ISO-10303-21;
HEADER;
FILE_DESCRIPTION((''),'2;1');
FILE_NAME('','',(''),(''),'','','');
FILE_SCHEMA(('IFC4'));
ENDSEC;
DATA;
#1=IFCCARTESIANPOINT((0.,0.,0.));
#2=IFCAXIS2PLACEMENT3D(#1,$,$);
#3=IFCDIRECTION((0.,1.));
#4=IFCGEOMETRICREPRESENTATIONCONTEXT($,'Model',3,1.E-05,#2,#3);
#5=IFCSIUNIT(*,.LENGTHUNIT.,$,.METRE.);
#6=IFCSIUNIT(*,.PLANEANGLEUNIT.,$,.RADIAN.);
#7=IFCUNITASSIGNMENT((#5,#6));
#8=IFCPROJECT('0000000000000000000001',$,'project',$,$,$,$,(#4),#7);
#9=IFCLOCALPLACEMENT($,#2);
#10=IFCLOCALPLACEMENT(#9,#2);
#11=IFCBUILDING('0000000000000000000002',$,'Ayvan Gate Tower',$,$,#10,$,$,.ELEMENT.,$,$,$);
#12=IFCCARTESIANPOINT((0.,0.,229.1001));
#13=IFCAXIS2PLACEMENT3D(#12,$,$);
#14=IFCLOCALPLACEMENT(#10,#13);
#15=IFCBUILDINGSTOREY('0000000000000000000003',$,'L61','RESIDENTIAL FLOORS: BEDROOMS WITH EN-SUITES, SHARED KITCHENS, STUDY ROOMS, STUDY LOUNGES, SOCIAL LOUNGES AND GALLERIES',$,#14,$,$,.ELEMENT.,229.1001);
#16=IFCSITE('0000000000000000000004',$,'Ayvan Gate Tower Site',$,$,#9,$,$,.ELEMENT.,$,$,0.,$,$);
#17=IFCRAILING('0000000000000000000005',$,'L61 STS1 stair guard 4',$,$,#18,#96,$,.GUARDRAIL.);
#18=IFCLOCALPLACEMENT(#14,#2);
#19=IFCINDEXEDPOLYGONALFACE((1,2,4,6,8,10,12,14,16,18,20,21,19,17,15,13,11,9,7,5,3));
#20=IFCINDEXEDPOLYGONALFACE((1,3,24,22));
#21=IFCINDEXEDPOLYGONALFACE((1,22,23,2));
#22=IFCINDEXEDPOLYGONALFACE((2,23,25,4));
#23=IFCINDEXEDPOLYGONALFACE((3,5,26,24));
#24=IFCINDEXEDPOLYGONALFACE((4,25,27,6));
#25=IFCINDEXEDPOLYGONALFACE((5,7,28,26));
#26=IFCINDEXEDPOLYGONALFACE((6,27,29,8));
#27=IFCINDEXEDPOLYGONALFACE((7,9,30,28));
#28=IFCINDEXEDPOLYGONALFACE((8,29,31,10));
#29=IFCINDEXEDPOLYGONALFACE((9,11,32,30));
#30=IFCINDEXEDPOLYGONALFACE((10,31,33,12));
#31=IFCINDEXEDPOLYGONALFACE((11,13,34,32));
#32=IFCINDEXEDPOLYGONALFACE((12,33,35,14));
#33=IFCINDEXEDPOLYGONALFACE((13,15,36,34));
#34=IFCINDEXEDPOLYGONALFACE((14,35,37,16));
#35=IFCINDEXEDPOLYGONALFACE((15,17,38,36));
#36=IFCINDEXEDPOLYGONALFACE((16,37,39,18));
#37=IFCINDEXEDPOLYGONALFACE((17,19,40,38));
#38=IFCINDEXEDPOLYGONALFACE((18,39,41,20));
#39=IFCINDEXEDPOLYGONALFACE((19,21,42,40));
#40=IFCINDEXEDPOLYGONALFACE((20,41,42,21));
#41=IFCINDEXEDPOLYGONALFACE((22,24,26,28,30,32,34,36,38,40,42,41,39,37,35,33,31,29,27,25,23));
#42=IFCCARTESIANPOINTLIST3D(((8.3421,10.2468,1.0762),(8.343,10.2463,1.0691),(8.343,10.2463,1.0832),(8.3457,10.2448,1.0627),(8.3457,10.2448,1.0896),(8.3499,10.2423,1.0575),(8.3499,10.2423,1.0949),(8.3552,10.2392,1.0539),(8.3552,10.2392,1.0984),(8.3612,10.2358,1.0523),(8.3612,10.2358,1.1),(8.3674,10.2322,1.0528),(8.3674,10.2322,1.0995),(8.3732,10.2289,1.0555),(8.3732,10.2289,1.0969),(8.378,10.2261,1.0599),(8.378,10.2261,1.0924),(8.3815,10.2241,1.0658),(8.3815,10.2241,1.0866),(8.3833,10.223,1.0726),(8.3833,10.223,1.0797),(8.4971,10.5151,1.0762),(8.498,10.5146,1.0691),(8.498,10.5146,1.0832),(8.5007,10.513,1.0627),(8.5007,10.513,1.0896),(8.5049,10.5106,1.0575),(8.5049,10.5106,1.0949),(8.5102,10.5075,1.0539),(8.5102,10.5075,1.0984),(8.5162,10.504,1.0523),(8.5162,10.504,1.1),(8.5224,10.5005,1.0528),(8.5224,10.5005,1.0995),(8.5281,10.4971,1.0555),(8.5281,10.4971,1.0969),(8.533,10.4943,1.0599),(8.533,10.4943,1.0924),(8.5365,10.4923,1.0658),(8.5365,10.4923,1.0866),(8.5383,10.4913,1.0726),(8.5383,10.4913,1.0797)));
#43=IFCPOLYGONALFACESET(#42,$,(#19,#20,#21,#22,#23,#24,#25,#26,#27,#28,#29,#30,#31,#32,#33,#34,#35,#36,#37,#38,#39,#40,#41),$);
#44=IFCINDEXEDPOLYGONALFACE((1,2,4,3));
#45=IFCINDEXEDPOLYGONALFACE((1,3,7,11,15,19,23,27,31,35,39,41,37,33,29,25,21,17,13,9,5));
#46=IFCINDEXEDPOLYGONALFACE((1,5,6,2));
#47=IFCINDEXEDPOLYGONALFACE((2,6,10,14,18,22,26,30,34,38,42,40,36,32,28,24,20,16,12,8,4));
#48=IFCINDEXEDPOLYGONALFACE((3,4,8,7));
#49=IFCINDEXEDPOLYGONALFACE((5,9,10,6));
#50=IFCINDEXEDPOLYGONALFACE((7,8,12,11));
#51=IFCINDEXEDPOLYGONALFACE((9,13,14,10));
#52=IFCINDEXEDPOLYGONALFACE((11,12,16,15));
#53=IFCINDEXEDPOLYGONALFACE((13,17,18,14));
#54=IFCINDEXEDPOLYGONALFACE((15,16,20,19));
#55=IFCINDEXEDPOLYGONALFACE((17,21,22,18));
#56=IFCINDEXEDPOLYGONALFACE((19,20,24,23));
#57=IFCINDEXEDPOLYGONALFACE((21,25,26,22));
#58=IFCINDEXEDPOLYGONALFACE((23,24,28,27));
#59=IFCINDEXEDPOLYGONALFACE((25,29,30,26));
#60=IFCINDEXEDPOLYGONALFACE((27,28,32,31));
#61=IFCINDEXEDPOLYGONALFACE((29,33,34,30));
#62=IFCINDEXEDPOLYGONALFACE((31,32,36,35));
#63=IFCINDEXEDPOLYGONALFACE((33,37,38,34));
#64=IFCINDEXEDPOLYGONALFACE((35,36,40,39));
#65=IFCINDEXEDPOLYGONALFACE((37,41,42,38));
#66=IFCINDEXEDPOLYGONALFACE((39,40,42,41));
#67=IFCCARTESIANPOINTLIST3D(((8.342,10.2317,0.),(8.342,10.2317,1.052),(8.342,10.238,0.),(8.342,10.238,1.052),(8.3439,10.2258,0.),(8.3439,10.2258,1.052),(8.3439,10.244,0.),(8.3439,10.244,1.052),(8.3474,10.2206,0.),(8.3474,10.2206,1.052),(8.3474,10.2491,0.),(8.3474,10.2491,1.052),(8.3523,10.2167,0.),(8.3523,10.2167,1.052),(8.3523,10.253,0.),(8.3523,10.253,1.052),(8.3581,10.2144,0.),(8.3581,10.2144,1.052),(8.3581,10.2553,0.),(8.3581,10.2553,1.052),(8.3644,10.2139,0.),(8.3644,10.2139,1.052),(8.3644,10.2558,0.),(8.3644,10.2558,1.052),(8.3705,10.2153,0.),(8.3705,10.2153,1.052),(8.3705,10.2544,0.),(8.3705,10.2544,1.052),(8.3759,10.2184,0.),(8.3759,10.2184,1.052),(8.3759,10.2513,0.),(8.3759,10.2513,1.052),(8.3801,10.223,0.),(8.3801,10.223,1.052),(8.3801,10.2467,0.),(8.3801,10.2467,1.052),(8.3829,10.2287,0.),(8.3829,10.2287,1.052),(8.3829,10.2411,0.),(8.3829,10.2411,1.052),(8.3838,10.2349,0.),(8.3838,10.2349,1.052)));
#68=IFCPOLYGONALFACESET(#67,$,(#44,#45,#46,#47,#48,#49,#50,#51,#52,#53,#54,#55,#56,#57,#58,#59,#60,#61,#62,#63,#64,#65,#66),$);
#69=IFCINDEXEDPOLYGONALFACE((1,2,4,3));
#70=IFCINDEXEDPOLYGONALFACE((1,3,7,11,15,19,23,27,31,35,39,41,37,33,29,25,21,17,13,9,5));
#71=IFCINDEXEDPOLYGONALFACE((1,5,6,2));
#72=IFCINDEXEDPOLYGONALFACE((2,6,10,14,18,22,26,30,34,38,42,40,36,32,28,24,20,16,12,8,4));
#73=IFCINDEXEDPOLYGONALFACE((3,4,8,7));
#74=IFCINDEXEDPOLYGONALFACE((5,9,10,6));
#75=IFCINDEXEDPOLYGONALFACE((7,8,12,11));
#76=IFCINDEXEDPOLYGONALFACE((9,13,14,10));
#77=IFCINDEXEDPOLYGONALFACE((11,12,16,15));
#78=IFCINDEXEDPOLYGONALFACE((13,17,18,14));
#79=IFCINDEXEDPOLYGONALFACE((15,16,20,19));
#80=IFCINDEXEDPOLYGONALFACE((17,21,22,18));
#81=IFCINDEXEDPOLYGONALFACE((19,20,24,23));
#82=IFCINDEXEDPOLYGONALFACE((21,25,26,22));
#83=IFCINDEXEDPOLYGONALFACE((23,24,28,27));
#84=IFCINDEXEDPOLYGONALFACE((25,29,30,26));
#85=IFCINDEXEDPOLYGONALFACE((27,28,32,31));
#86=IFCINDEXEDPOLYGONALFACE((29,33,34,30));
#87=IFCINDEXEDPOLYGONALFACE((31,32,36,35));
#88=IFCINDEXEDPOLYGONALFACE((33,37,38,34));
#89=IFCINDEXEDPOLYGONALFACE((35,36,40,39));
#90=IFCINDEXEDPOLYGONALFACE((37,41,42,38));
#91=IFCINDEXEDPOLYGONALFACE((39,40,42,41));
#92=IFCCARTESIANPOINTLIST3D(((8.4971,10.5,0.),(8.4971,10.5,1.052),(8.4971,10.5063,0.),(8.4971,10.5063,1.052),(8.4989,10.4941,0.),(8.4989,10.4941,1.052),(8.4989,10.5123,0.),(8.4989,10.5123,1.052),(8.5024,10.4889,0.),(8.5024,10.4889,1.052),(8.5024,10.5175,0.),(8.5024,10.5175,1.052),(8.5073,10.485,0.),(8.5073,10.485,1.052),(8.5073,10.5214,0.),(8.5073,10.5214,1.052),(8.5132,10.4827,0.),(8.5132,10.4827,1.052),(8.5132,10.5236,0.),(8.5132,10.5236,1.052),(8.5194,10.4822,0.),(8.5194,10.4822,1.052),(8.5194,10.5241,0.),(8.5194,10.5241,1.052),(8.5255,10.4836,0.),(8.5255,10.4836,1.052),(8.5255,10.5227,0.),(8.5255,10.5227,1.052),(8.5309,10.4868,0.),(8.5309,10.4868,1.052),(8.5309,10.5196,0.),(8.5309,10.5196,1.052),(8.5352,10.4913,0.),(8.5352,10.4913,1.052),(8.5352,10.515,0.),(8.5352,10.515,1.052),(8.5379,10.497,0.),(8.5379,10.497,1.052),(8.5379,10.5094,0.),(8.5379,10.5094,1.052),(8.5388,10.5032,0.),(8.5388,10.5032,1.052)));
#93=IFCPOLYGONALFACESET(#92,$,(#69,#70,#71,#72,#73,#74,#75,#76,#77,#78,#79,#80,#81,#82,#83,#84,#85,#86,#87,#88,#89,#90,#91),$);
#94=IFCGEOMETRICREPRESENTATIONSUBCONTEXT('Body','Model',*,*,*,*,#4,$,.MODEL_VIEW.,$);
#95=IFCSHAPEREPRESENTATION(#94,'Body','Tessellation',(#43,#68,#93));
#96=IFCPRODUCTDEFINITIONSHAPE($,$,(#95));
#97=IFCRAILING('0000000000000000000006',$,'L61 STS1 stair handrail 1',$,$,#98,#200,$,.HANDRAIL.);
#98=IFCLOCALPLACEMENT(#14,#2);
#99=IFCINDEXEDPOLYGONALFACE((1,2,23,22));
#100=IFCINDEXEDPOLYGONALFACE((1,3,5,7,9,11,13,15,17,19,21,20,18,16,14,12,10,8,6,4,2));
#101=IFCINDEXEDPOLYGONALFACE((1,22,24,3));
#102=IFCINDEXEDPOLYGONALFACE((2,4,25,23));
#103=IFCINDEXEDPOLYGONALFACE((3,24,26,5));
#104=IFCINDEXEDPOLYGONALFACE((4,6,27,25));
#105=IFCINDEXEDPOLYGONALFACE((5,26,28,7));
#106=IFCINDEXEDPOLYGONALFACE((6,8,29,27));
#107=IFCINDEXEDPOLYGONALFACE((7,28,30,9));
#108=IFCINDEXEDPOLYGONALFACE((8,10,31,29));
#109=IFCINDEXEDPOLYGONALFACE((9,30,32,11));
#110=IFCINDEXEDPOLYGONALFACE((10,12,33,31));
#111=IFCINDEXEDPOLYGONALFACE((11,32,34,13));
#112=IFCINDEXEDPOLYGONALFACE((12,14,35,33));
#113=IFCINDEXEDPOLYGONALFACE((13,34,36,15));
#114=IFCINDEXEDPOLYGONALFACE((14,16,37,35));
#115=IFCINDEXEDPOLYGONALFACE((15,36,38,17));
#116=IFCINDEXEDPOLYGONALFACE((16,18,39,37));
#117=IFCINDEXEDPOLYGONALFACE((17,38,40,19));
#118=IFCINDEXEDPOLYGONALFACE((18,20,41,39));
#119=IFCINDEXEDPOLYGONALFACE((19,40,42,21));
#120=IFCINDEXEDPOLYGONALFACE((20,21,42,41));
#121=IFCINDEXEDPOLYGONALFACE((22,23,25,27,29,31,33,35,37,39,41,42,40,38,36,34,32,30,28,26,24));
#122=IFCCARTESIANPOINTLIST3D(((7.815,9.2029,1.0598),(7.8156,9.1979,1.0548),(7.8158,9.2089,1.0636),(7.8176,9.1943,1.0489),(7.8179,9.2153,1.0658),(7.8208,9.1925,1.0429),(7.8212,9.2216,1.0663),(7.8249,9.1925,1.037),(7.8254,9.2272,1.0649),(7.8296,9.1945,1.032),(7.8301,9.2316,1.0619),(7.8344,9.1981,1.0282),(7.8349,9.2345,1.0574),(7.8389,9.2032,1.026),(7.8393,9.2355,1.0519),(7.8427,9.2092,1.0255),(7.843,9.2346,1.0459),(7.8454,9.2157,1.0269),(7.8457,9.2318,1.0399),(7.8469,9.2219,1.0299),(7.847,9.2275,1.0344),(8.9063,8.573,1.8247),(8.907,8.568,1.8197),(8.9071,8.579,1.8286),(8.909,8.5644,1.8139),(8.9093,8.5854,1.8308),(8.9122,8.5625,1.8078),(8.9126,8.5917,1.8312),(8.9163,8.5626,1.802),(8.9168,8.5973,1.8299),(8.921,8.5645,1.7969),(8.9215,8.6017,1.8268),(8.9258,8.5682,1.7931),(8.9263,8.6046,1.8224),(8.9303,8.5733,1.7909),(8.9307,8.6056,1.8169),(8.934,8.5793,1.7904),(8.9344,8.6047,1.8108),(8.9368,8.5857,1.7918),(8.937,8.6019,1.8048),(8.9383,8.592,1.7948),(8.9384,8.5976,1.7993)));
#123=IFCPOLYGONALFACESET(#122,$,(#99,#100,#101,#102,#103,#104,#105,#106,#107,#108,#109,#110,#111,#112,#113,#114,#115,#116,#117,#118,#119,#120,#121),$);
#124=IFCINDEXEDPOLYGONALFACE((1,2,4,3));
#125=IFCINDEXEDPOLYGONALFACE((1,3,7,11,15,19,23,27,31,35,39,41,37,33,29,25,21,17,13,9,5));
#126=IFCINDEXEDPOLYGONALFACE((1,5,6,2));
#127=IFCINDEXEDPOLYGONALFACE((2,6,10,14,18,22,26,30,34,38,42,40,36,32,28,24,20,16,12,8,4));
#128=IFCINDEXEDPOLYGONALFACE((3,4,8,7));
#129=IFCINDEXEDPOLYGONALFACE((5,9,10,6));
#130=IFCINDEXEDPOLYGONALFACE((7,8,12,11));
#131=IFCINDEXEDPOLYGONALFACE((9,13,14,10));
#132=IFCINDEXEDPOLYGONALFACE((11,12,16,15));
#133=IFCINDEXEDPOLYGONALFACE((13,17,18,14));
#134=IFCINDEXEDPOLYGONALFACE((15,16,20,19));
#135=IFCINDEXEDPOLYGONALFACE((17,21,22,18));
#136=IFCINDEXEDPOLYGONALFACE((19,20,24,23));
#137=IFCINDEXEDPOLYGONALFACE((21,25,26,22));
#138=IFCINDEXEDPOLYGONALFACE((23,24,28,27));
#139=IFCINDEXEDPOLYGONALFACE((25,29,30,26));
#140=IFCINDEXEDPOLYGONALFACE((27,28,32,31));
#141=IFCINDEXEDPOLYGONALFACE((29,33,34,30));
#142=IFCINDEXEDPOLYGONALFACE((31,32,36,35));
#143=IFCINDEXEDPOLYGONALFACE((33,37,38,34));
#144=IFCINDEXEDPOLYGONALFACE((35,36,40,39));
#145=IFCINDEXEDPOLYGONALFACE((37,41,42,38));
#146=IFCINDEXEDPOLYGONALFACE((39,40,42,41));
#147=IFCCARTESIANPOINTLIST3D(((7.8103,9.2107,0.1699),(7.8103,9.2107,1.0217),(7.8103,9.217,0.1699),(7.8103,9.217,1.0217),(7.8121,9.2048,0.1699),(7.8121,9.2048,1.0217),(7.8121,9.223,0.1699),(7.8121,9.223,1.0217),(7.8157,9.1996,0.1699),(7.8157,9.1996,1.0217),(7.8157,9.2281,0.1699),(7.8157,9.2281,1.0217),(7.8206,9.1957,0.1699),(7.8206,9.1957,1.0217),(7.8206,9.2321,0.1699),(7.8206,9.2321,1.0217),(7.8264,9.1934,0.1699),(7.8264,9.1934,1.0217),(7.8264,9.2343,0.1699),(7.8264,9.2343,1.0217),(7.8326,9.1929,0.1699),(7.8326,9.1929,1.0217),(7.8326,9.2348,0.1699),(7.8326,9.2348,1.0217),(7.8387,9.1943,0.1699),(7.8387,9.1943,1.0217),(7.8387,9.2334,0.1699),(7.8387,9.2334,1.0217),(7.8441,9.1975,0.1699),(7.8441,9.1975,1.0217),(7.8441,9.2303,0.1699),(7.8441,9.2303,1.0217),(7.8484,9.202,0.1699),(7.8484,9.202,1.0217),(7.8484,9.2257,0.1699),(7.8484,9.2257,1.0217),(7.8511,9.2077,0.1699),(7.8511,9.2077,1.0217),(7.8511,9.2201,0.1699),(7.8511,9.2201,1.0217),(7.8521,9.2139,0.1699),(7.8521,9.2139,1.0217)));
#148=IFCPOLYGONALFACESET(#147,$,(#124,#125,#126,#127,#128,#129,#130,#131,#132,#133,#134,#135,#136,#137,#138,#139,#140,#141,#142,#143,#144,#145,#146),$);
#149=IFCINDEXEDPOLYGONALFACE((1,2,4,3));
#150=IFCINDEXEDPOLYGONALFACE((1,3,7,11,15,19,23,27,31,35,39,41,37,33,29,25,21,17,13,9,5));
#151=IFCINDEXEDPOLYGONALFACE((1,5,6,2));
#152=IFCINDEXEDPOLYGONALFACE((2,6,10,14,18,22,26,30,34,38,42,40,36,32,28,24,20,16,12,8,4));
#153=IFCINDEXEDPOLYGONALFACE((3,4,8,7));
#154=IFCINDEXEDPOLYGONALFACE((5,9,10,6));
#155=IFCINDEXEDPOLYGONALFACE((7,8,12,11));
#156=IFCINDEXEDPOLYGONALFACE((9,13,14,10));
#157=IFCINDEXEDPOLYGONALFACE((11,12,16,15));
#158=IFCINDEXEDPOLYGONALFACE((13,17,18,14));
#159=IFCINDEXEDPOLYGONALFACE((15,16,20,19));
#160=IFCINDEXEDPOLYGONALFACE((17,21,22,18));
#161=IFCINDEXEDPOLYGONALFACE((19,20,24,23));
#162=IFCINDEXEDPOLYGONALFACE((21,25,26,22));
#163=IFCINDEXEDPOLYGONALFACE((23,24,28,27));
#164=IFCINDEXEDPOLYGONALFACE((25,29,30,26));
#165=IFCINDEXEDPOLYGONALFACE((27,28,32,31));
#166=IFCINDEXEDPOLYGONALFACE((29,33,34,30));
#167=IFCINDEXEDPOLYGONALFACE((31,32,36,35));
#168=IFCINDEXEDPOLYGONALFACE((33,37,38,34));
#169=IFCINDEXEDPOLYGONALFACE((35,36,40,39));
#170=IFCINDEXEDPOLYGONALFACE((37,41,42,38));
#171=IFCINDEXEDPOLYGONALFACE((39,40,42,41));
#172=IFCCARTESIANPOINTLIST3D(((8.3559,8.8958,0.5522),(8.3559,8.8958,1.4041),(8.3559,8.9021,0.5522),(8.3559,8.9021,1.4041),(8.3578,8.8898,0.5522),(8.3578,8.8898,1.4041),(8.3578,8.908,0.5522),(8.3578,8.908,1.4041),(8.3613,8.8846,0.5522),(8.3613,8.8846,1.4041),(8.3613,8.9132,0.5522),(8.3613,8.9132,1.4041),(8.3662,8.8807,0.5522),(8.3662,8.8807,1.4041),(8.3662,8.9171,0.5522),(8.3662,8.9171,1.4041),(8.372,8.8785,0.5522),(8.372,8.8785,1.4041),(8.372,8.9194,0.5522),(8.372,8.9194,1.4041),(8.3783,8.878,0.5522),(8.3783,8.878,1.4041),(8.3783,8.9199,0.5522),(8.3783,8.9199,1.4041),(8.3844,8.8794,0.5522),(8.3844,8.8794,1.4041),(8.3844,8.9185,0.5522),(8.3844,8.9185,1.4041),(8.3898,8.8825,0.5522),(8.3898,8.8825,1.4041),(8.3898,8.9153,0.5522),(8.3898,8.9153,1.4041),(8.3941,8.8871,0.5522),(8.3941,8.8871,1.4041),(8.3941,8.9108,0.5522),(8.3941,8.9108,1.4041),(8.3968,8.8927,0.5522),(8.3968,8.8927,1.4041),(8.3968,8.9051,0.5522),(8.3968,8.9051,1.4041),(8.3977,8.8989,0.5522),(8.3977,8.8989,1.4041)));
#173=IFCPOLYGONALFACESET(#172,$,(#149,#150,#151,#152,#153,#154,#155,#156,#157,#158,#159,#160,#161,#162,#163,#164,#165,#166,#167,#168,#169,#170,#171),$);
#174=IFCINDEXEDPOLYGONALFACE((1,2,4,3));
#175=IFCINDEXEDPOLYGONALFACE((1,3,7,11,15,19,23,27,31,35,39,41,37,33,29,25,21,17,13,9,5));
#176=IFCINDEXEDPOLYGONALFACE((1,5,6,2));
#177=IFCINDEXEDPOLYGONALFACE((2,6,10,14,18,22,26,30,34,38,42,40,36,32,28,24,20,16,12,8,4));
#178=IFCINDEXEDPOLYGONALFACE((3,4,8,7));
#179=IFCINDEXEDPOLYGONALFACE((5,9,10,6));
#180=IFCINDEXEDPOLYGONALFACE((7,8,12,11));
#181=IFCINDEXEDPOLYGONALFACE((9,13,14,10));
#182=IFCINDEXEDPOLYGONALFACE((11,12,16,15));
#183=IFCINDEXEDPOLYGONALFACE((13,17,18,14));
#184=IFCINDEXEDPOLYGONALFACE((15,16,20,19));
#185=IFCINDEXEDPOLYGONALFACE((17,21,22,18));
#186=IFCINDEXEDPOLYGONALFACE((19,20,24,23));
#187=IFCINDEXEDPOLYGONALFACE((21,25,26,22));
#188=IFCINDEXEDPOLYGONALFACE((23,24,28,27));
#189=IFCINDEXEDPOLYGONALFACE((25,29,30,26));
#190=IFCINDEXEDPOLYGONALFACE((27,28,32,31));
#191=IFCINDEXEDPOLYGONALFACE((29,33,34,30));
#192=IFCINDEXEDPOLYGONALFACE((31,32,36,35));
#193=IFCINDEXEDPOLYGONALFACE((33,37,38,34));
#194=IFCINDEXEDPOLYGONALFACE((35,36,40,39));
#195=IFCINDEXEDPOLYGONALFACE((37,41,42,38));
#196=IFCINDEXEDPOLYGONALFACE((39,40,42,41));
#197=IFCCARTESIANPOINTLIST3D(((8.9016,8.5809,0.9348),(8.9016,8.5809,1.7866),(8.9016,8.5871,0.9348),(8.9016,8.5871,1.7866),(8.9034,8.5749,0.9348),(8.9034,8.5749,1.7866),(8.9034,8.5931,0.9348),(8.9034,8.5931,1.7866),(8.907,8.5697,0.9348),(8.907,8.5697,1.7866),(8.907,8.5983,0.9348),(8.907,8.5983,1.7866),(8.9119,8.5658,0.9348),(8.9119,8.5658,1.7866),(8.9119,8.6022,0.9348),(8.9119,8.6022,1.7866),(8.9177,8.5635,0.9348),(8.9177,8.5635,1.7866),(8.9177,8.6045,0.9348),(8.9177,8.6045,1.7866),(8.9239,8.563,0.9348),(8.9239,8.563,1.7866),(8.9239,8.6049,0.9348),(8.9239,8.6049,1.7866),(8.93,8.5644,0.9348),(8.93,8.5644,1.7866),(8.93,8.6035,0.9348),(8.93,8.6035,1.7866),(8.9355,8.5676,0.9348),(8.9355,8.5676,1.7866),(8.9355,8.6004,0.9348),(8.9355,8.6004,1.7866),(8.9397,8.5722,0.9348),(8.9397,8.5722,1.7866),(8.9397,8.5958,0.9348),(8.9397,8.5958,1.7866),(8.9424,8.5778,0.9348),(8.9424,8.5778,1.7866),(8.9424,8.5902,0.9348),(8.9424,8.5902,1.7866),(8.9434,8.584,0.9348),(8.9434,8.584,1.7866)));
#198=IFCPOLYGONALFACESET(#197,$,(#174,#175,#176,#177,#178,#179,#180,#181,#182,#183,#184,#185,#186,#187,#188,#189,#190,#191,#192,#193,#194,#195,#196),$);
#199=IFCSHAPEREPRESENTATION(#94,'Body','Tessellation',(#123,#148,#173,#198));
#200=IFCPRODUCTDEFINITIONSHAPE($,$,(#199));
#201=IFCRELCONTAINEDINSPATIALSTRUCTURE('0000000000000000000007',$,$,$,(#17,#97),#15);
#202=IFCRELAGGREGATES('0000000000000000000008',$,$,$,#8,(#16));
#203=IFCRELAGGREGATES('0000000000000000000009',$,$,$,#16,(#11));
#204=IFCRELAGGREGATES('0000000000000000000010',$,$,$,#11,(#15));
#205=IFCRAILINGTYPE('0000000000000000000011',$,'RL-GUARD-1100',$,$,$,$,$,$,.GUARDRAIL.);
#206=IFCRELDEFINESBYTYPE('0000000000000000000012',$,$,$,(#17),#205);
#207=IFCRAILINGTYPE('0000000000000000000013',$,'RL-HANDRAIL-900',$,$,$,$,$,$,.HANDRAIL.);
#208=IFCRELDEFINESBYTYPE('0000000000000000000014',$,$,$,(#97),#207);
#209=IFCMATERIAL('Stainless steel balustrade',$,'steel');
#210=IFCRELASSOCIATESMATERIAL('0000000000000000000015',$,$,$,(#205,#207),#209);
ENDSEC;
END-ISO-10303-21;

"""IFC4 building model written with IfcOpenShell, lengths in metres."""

from ifc_helpers import new_model, si_unit, direction, frame, origin, origin_2d, place, context, subcontext, project, spatial, circle, extrude, material, type_object, element, save


model = new_model("IFC4")

# Units and contexts
model_context = context("Model", 3, precision=1e-05, world=origin(), true_north=direction((0.0, 1.0)))
body_context = subcontext(model_context, "Body", "Model", "MODEL_VIEW")
ifc_project = project(units=[si_unit("LENGTHUNIT", "METRE"), si_unit("PLANEANGLEUNIT", "RADIAN")], contexts=[model_context])

# Site, building, storey
site_placement = place(None, origin())
site = spatial("IfcSite", under=ifc_project, at=site_placement, Name="Ayvan Gate Tower Site", CompositionType="ELEMENT", RefElevation=0.0)
building_placement = place(site_placement, origin())
building = spatial("IfcBuilding", under=site, at=building_placement, Name="Ayvan Gate Tower", CompositionType="ELEMENT")
storey_placement = place(building_placement, frame((0.0, 0.0, 229.1001)))
storey = spatial("IfcBuildingStorey", under=building, at=storey_placement, Name="L61", Description="RESIDENTIAL FLOORS: BEDROOMS WITH EN-SUITES, SHARED KITCHENS, STUDY ROOMS, STUDY LOUNGES, SOCIAL LOUNGES AND GALLERIES", CompositionType="ELEMENT", Elevation=229.1001)

# Railings
ifc_material_1 = material(Name="Stainless steel balustrade", Category="steel")
railing_type_1 = type_object("IfcRailingType", Name="RL-GUARD-1100", PredefinedType="GUARDRAIL", material=ifc_material_1)
railing_1_placement = place(storey_placement, frame((8.3628, 10.2349, 0.0)))
element("IfcRailing", 1, at=railing_1_placement, inside=storey, type_object=railing_type_1, Name="L61 STS1 stair guard 4", PredefinedType="GUARDRAIL", context=body_context, shape_type="SweptSolid", body=[
    extrude(circle(Radius=0.0239, at=origin_2d()), frame((0.0, 0.0, 1.0762), z_axis=(0.500291, 0.865857, 0.0), x_axis=(-0.865857, 0.500291, 0.0)), (0.0, 0.0, 1.0), 0.3098),
    extrude(circle(Radius=0.021, at=origin_2d()), origin(), (0.0, 0.0, 1.0), 1.052),
    extrude(circle(Radius=0.021, at=origin_2d()), frame((0.155, 0.2683, 0.0)), (0.0, 0.0, 1.0), 1.052),
])
railing_type_2 = type_object("IfcRailingType", Name="RL-HANDRAIL-900", PredefinedType="HANDRAIL", material=ifc_material_1)
railing_2_placement = place(storey_placement, frame((7.8311, 9.2139, 0.1699)))
element("IfcRailing", 2, at=railing_2_placement, inside=storey, type_object=railing_type_2, Name="L61 STS1 stair handrail 1", PredefinedType="HANDRAIL", context=body_context, shape_type="SweptSolid", body=[
    extrude(circle(Radius=0.0239, at=origin_2d()), frame((0.0, 0.0, 0.876), z_axis=(0.740357, -0.42732, 0.518912), x_axis=(0.49989, 0.866089, 0.0)), (0.0, 0.0, 1.0), 1.4741),
    extrude(circle(Radius=0.021, at=origin_2d()), origin(), (0.0, 0.0, 1.0), 0.8518),
    extrude(circle(Radius=0.021, at=origin_2d()), frame((0.5457, -0.3149, 0.3823)), (0.0, 0.0, 1.0), 0.8518),
    extrude(circle(Radius=0.021, at=origin_2d()), frame((1.0913, -0.6299, 0.7649)), (0.0, 0.0, 1.0), 0.8518),
])

save(model, "model.ifc")
